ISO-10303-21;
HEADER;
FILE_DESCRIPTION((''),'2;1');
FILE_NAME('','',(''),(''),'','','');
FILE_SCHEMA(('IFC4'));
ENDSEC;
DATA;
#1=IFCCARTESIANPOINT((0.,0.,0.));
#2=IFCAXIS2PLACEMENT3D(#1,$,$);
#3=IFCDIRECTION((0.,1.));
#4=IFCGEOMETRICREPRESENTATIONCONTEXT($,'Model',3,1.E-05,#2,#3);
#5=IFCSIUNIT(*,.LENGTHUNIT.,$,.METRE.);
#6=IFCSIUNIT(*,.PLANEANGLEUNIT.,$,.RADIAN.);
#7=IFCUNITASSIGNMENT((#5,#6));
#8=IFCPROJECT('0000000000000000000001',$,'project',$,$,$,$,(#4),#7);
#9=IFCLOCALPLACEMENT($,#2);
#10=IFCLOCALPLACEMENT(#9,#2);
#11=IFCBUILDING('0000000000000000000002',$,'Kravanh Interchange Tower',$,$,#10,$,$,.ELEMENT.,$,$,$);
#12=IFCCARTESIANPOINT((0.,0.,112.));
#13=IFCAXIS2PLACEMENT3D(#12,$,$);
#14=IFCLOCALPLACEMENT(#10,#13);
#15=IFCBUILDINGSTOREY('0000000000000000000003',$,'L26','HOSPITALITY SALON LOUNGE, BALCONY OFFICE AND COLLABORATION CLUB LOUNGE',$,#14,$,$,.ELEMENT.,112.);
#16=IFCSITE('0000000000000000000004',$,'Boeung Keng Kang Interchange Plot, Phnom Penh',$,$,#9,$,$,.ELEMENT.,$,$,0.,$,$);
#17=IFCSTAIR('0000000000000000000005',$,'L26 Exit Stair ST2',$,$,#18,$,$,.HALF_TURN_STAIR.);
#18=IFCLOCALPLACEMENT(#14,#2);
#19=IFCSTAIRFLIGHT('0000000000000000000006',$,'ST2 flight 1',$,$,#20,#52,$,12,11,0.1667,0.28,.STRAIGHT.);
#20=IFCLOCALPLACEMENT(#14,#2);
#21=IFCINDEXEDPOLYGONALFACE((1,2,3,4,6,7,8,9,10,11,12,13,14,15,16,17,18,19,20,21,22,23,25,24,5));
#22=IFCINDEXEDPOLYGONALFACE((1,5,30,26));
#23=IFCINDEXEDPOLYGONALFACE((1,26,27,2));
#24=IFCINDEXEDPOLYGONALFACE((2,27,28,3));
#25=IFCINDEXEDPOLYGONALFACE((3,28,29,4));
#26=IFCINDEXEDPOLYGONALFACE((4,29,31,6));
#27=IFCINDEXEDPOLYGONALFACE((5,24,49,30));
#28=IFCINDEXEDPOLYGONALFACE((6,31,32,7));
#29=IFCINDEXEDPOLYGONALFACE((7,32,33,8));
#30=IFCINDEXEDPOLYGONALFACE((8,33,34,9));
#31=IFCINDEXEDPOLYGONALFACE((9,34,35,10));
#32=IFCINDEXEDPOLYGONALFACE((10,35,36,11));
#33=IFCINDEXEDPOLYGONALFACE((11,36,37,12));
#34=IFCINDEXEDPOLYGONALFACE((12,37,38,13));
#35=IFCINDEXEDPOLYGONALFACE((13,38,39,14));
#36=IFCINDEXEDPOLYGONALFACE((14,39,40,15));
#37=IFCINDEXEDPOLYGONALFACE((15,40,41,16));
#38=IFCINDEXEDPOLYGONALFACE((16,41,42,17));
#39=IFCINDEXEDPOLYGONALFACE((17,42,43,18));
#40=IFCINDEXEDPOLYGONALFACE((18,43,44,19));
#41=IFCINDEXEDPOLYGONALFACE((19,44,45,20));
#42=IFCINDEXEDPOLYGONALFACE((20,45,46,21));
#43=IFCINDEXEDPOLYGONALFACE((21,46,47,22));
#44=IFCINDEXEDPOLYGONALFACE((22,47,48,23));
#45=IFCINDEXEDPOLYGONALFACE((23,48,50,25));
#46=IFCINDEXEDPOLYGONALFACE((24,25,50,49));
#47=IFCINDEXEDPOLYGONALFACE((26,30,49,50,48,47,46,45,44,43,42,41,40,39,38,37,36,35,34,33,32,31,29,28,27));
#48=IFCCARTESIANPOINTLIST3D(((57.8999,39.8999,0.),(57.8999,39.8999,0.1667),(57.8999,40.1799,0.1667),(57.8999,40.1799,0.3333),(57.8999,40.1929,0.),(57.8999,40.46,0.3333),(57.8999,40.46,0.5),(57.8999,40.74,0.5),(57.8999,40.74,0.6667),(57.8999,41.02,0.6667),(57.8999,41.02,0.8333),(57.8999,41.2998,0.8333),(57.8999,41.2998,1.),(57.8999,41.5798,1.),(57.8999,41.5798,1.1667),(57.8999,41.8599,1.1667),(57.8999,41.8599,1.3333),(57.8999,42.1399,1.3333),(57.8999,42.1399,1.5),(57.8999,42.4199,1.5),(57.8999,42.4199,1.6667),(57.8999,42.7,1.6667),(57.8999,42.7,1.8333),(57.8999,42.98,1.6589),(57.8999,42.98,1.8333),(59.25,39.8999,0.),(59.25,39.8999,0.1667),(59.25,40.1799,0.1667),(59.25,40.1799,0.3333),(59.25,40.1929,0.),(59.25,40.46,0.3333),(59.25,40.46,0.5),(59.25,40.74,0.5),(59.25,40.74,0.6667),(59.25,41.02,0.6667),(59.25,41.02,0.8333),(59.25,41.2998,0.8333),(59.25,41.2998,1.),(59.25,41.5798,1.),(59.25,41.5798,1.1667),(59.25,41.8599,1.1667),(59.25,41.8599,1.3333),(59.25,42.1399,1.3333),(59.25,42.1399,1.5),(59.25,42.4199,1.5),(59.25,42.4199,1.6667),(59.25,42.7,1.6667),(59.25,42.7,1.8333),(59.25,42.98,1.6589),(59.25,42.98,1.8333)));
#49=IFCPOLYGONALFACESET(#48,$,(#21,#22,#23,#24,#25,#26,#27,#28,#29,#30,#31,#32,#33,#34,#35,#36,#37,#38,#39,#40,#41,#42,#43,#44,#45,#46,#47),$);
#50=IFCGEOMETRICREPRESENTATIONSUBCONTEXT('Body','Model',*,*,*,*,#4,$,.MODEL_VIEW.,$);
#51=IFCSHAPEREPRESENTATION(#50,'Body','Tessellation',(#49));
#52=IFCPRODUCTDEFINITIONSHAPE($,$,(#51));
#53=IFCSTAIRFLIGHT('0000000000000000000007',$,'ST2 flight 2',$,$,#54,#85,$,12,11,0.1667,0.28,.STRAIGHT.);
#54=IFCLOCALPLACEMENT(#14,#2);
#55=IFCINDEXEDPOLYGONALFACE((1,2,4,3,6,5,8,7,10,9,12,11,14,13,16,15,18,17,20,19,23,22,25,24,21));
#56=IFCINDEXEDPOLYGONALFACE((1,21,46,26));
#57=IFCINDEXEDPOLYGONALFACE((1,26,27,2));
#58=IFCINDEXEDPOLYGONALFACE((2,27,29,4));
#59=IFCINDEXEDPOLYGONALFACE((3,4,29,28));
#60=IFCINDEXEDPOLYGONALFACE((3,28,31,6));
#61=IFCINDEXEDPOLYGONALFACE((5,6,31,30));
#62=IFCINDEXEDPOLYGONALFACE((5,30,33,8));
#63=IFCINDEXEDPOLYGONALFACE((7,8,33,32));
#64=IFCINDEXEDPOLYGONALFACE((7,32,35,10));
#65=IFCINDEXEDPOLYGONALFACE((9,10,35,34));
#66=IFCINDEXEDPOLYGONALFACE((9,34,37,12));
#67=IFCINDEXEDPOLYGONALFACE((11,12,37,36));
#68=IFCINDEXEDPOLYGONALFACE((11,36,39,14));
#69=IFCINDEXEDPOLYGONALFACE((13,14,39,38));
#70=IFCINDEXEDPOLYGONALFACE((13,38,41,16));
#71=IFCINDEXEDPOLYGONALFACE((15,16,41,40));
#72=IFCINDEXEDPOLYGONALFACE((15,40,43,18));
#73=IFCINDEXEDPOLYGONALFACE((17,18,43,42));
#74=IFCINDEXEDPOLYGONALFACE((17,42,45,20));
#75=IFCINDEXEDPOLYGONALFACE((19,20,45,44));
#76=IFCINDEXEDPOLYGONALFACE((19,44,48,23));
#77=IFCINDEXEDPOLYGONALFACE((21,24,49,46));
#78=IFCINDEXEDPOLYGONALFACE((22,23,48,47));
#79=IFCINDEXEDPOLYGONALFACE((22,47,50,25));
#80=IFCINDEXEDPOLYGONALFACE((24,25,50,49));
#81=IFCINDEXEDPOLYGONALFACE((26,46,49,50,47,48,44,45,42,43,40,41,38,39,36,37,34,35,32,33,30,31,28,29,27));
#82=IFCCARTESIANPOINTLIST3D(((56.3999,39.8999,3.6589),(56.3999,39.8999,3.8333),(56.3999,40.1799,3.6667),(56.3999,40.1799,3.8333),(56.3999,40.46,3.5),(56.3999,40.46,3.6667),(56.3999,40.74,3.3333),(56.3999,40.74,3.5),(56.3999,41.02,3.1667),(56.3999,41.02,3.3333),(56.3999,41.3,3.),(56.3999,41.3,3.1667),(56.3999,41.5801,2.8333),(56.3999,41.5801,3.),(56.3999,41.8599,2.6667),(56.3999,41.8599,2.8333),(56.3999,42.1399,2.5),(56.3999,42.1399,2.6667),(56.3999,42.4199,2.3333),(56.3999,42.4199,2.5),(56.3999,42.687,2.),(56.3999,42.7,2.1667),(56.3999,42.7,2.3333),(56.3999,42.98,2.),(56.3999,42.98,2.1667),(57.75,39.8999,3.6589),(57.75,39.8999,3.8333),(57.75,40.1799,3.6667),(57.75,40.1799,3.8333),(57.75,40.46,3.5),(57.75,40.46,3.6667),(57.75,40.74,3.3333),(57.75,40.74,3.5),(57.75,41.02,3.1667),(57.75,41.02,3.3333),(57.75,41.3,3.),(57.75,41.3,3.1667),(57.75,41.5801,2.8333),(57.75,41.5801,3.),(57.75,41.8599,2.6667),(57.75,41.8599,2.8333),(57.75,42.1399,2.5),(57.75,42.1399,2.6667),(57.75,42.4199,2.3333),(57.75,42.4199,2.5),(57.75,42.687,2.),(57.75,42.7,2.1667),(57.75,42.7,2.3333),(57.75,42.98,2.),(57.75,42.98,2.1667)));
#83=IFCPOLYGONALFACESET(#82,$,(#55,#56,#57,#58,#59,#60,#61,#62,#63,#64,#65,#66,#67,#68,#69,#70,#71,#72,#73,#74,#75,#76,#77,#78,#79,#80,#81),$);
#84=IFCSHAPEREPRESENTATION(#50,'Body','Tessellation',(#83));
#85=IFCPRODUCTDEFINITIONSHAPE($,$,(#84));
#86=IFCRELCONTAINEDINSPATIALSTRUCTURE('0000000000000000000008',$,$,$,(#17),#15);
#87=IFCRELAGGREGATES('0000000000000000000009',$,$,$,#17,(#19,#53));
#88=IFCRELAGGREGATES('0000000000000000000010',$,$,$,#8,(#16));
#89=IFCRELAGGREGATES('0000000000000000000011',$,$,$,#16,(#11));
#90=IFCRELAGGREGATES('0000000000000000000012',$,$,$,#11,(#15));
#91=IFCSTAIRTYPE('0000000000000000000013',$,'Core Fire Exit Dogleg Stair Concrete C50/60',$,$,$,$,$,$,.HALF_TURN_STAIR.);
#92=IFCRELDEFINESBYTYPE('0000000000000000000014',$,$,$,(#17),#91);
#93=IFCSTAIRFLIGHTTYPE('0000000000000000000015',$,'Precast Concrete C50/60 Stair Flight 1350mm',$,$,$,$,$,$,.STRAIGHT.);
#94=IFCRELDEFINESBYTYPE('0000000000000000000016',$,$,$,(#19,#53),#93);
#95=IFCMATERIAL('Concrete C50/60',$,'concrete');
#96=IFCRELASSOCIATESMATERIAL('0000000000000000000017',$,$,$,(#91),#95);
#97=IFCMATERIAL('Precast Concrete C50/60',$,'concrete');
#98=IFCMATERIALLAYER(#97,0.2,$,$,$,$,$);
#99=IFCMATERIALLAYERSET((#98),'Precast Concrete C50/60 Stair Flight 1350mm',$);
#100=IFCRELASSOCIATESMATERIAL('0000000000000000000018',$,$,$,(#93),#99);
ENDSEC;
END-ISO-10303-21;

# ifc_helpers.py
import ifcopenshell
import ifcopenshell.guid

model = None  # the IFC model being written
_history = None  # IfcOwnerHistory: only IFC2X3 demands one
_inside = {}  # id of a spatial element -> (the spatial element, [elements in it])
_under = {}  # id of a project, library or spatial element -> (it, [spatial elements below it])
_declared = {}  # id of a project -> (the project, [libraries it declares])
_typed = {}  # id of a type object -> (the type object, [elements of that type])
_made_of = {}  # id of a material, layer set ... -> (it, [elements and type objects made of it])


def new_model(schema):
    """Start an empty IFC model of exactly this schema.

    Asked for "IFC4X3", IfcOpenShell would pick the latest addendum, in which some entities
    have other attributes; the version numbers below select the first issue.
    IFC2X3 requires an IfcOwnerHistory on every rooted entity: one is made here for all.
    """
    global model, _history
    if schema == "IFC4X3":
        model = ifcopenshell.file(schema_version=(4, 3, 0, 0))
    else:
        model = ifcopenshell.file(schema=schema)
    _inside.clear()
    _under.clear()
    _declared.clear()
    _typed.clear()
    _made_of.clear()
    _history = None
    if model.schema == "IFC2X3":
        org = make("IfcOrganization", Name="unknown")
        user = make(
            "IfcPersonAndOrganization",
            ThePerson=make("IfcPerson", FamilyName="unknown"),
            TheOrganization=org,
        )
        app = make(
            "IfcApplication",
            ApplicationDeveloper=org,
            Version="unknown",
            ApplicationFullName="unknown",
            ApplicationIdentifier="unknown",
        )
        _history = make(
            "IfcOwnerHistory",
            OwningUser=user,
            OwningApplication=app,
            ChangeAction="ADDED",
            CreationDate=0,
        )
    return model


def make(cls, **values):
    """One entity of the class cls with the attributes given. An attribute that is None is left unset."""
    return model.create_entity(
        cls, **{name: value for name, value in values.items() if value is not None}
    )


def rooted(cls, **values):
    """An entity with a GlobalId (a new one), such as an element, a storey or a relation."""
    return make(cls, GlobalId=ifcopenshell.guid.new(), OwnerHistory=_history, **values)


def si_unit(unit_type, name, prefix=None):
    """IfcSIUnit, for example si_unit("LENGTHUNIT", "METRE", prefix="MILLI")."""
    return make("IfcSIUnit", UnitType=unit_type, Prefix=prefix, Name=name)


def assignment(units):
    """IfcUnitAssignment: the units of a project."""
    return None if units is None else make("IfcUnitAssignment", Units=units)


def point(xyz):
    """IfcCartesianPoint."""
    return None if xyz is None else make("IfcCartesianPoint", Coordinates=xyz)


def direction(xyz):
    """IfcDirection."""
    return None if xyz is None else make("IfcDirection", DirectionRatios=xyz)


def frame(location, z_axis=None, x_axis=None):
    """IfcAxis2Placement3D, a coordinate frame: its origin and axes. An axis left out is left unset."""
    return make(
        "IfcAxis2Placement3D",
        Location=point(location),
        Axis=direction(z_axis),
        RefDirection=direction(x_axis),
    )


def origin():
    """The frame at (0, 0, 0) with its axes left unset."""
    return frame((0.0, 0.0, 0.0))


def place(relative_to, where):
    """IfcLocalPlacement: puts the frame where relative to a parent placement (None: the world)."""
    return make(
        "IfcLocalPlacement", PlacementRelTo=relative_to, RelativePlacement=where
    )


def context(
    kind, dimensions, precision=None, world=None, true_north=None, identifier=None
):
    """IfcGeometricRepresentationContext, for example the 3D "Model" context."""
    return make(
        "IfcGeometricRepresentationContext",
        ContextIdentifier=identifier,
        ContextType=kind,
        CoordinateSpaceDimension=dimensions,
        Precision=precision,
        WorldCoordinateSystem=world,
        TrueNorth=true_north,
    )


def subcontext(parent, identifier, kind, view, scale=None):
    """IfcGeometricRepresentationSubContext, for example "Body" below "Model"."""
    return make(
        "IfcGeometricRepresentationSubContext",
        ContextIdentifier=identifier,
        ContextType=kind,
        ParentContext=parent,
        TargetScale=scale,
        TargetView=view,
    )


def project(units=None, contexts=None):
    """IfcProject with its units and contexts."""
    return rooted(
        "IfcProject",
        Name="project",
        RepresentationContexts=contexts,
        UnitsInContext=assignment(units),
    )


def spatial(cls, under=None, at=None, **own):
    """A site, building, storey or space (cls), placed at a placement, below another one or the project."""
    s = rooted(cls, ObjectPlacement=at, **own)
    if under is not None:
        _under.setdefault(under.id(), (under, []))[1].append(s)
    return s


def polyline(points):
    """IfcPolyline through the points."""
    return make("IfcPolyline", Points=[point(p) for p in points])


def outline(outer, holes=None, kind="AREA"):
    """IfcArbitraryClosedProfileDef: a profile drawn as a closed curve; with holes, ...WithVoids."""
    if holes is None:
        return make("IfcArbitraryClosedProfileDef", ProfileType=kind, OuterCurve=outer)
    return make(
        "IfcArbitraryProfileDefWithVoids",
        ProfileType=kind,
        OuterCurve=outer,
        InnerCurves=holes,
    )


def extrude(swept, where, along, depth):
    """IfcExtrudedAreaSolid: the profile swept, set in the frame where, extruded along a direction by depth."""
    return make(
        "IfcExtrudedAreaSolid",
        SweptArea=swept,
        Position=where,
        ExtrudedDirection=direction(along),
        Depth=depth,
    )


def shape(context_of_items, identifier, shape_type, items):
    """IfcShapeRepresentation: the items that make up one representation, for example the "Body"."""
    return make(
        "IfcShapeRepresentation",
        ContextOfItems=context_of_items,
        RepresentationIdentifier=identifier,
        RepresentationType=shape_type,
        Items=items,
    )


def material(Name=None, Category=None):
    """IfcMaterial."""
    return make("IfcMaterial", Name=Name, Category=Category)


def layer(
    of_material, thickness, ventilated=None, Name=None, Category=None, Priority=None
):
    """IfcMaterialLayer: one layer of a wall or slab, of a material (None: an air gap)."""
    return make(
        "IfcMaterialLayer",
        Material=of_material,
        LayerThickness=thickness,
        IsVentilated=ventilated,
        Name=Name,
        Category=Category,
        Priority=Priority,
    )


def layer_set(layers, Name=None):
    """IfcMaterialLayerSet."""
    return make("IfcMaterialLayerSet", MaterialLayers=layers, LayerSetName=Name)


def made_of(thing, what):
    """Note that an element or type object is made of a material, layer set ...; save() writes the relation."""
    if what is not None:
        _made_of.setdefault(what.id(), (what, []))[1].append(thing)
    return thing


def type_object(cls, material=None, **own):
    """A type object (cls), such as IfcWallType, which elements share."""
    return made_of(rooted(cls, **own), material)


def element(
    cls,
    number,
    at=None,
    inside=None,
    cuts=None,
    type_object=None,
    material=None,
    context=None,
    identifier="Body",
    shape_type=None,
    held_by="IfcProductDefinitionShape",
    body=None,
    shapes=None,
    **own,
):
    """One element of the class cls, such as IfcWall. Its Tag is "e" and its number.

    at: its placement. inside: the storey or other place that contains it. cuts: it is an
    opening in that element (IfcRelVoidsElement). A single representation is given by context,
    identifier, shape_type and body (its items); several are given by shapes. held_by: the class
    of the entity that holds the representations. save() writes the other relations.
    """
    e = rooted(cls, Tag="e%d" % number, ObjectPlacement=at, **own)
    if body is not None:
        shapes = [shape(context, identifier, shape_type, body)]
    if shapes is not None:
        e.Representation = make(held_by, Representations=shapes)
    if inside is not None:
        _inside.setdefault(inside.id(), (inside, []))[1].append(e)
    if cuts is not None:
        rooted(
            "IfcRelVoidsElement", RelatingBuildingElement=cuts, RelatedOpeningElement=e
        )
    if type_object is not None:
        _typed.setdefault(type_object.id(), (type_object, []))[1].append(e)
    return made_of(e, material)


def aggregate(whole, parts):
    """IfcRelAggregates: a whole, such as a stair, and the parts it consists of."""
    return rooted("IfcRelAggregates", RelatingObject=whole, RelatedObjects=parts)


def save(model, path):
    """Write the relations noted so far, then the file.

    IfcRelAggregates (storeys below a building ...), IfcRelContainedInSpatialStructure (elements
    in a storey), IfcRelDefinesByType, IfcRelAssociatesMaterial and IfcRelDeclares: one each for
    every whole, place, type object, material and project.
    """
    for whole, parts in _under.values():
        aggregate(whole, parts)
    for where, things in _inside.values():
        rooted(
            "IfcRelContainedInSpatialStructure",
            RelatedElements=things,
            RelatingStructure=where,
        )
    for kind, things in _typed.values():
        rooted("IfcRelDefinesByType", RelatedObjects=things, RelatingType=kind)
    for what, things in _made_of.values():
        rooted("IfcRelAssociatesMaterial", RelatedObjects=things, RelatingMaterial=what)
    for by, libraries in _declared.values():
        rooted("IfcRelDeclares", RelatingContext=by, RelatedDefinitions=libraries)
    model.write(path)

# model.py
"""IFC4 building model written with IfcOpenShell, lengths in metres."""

from ifc_helpers import new_model, si_unit, direction, frame, origin, place, context, subcontext, project, spatial, polyline, outline, extrude, material, layer, layer_set, type_object, element, aggregate, save


model = new_model("IFC4")

# Units and contexts
model_context = context("Model", 3, precision=1e-05, world=origin(), true_north=direction((0.0, 1.0)))
body_context = subcontext(model_context, "Body", "Model", "MODEL_VIEW")
ifc_project = project(units=[si_unit("LENGTHUNIT", "METRE"), si_unit("PLANEANGLEUNIT", "RADIAN")], contexts=[model_context])

# Site, building, storey
site_placement = place(None, origin())
site = spatial("IfcSite", under=ifc_project, at=site_placement, Name="Boeung Keng Kang Interchange Plot, Phnom Penh", CompositionType="ELEMENT", RefElevation=0.0)
building_placement = place(site_placement, origin())
building = spatial("IfcBuilding", under=site, at=building_placement, Name="Kravanh Interchange Tower", CompositionType="ELEMENT")
storey_placement = place(building_placement, frame((0.0, 0.0, 112.0)))
storey = spatial("IfcBuildingStorey", under=building, at=storey_placement, Name="L26", Description="HOSPITALITY SALON LOUNGE, BALCONY OFFICE AND COLLABORATION CLUB LOUNGE", CompositionType="ELEMENT", Elevation=112.0)

# Stair, stair flights
ifc_material_1 = material(Name="Concrete C50/60", Category="concrete")
stair_type = type_object("IfcStairType", Name="Core Fire Exit Dogleg Stair Concrete C50/60", PredefinedType="HALF_TURN_STAIR", material=ifc_material_1)
ifc_material_2 = material(Name="Precast Concrete C50/60", Category="concrete")
ifc_layer_1 = layer(ifc_material_2, 0.2)
ifc_layer_set_1 = layer_set([ifc_layer_1], Name="Precast Concrete C50/60 Stair Flight 1350mm")
stair_flight_type = type_object("IfcStairFlightType", Name="Precast Concrete C50/60 Stair Flight 1350mm", PredefinedType="STRAIGHT", material=ifc_layer_set_1)
stair_1_placement = place(storey_placement, origin())
stair_1 = element("IfcStair", 1, at=stair_1_placement, inside=storey, type_object=stair_type, Name="L26 Exit Stair ST2", PredefinedType="HALF_TURN_STAIR")
stair_flight_1_placement = place(storey_placement, frame((58.575, 39.8999, 0.0), z_axis=(0.0, 0.0, 1.0), x_axis=(0.0, 1.0, 0.0)))
stair_flight_1 = element("IfcStairFlight", 2, at=stair_flight_1_placement, type_object=stair_flight_type, Name="ST2 flight 1", NumberOfRisers=12, NumberOfTreads=11, PredefinedType="STRAIGHT", RiserHeight=0.1667, TreadLength=0.28, context=body_context, shape_type="SweptSolid", body=[
    extrude(outline(polyline([(0.0, 0.0), (0.0, 0.1667), (0.28, 0.1667), (0.28, 0.3333), (0.5601, 0.3333), (0.5601, 0.5), (0.8401, 0.5), (0.8401, 0.6667), (1.1201, 0.6667), (1.1201, 0.8333), (1.3999, 0.8333), (1.3999, 1.0), (1.6799, 1.0), (1.6799, 1.1667), (1.96, 1.1667), (1.96, 1.3333), (2.24, 1.3333), (2.24, 1.5), (2.52, 1.5), (2.52, 1.6667), (2.8, 1.6667), (2.8, 1.8333), (3.0801, 1.8333), (3.0801, 2.0), (3.0801, 1.6589), (0.293, 0.0), (0.0, 0.0)])), frame((0.0, 0.675, 0.0), z_axis=(0.0, -1.0, 0.0), x_axis=(1.0, 0.0, 0.0)), (0.0, 0.0, 1.0), 1.3501),
])
stair_flight_2_placement = place(storey_placement, frame((57.075, 42.98, 2.0), z_axis=(0.0, 0.0, 1.0), x_axis=(0.0, -1.0, 0.0)))
stair_flight_2 = element("IfcStairFlight", 3, at=stair_flight_2_placement, type_object=stair_flight_type, Name="ST2 flight 2", NumberOfRisers=12, NumberOfTreads=11, PredefinedType="STRAIGHT", RiserHeight=0.1667, TreadLength=0.28, context=body_context, shape_type="SweptSolid", body=[
    extrude(outline(polyline([(0.0, 0.0), (0.0, 0.1667), (0.28, 0.1667), (0.28, 0.3333), (0.5601, 0.3333), (0.5601, 0.5), (0.8401, 0.5), (0.8401, 0.6667), (1.1201, 0.6667), (1.1201, 0.8333), (1.3999, 0.8333), (1.3999, 1.0), (1.6799, 1.0), (1.6799, 1.1667), (1.96, 1.1667), (1.96, 1.3333), (2.24, 1.3333), (2.24, 1.5), (2.52, 1.5), (2.52, 1.6667), (2.8, 1.6667), (2.8, 1.8333), (3.0801, 1.8333), (3.0801, 2.0), (3.0801, 1.6589), (0.293, 0.0), (0.0, 0.0)])), frame((0.0, 0.675, 0.0), z_axis=(0.0, -1.0, 0.0), x_axis=(1.0, 0.0, 0.0)), (0.0, 0.0, 1.0), 1.3501),
])
aggregate(stair_1, [stair_flight_1, stair_flight_2])

save(model, "model.ifc")
